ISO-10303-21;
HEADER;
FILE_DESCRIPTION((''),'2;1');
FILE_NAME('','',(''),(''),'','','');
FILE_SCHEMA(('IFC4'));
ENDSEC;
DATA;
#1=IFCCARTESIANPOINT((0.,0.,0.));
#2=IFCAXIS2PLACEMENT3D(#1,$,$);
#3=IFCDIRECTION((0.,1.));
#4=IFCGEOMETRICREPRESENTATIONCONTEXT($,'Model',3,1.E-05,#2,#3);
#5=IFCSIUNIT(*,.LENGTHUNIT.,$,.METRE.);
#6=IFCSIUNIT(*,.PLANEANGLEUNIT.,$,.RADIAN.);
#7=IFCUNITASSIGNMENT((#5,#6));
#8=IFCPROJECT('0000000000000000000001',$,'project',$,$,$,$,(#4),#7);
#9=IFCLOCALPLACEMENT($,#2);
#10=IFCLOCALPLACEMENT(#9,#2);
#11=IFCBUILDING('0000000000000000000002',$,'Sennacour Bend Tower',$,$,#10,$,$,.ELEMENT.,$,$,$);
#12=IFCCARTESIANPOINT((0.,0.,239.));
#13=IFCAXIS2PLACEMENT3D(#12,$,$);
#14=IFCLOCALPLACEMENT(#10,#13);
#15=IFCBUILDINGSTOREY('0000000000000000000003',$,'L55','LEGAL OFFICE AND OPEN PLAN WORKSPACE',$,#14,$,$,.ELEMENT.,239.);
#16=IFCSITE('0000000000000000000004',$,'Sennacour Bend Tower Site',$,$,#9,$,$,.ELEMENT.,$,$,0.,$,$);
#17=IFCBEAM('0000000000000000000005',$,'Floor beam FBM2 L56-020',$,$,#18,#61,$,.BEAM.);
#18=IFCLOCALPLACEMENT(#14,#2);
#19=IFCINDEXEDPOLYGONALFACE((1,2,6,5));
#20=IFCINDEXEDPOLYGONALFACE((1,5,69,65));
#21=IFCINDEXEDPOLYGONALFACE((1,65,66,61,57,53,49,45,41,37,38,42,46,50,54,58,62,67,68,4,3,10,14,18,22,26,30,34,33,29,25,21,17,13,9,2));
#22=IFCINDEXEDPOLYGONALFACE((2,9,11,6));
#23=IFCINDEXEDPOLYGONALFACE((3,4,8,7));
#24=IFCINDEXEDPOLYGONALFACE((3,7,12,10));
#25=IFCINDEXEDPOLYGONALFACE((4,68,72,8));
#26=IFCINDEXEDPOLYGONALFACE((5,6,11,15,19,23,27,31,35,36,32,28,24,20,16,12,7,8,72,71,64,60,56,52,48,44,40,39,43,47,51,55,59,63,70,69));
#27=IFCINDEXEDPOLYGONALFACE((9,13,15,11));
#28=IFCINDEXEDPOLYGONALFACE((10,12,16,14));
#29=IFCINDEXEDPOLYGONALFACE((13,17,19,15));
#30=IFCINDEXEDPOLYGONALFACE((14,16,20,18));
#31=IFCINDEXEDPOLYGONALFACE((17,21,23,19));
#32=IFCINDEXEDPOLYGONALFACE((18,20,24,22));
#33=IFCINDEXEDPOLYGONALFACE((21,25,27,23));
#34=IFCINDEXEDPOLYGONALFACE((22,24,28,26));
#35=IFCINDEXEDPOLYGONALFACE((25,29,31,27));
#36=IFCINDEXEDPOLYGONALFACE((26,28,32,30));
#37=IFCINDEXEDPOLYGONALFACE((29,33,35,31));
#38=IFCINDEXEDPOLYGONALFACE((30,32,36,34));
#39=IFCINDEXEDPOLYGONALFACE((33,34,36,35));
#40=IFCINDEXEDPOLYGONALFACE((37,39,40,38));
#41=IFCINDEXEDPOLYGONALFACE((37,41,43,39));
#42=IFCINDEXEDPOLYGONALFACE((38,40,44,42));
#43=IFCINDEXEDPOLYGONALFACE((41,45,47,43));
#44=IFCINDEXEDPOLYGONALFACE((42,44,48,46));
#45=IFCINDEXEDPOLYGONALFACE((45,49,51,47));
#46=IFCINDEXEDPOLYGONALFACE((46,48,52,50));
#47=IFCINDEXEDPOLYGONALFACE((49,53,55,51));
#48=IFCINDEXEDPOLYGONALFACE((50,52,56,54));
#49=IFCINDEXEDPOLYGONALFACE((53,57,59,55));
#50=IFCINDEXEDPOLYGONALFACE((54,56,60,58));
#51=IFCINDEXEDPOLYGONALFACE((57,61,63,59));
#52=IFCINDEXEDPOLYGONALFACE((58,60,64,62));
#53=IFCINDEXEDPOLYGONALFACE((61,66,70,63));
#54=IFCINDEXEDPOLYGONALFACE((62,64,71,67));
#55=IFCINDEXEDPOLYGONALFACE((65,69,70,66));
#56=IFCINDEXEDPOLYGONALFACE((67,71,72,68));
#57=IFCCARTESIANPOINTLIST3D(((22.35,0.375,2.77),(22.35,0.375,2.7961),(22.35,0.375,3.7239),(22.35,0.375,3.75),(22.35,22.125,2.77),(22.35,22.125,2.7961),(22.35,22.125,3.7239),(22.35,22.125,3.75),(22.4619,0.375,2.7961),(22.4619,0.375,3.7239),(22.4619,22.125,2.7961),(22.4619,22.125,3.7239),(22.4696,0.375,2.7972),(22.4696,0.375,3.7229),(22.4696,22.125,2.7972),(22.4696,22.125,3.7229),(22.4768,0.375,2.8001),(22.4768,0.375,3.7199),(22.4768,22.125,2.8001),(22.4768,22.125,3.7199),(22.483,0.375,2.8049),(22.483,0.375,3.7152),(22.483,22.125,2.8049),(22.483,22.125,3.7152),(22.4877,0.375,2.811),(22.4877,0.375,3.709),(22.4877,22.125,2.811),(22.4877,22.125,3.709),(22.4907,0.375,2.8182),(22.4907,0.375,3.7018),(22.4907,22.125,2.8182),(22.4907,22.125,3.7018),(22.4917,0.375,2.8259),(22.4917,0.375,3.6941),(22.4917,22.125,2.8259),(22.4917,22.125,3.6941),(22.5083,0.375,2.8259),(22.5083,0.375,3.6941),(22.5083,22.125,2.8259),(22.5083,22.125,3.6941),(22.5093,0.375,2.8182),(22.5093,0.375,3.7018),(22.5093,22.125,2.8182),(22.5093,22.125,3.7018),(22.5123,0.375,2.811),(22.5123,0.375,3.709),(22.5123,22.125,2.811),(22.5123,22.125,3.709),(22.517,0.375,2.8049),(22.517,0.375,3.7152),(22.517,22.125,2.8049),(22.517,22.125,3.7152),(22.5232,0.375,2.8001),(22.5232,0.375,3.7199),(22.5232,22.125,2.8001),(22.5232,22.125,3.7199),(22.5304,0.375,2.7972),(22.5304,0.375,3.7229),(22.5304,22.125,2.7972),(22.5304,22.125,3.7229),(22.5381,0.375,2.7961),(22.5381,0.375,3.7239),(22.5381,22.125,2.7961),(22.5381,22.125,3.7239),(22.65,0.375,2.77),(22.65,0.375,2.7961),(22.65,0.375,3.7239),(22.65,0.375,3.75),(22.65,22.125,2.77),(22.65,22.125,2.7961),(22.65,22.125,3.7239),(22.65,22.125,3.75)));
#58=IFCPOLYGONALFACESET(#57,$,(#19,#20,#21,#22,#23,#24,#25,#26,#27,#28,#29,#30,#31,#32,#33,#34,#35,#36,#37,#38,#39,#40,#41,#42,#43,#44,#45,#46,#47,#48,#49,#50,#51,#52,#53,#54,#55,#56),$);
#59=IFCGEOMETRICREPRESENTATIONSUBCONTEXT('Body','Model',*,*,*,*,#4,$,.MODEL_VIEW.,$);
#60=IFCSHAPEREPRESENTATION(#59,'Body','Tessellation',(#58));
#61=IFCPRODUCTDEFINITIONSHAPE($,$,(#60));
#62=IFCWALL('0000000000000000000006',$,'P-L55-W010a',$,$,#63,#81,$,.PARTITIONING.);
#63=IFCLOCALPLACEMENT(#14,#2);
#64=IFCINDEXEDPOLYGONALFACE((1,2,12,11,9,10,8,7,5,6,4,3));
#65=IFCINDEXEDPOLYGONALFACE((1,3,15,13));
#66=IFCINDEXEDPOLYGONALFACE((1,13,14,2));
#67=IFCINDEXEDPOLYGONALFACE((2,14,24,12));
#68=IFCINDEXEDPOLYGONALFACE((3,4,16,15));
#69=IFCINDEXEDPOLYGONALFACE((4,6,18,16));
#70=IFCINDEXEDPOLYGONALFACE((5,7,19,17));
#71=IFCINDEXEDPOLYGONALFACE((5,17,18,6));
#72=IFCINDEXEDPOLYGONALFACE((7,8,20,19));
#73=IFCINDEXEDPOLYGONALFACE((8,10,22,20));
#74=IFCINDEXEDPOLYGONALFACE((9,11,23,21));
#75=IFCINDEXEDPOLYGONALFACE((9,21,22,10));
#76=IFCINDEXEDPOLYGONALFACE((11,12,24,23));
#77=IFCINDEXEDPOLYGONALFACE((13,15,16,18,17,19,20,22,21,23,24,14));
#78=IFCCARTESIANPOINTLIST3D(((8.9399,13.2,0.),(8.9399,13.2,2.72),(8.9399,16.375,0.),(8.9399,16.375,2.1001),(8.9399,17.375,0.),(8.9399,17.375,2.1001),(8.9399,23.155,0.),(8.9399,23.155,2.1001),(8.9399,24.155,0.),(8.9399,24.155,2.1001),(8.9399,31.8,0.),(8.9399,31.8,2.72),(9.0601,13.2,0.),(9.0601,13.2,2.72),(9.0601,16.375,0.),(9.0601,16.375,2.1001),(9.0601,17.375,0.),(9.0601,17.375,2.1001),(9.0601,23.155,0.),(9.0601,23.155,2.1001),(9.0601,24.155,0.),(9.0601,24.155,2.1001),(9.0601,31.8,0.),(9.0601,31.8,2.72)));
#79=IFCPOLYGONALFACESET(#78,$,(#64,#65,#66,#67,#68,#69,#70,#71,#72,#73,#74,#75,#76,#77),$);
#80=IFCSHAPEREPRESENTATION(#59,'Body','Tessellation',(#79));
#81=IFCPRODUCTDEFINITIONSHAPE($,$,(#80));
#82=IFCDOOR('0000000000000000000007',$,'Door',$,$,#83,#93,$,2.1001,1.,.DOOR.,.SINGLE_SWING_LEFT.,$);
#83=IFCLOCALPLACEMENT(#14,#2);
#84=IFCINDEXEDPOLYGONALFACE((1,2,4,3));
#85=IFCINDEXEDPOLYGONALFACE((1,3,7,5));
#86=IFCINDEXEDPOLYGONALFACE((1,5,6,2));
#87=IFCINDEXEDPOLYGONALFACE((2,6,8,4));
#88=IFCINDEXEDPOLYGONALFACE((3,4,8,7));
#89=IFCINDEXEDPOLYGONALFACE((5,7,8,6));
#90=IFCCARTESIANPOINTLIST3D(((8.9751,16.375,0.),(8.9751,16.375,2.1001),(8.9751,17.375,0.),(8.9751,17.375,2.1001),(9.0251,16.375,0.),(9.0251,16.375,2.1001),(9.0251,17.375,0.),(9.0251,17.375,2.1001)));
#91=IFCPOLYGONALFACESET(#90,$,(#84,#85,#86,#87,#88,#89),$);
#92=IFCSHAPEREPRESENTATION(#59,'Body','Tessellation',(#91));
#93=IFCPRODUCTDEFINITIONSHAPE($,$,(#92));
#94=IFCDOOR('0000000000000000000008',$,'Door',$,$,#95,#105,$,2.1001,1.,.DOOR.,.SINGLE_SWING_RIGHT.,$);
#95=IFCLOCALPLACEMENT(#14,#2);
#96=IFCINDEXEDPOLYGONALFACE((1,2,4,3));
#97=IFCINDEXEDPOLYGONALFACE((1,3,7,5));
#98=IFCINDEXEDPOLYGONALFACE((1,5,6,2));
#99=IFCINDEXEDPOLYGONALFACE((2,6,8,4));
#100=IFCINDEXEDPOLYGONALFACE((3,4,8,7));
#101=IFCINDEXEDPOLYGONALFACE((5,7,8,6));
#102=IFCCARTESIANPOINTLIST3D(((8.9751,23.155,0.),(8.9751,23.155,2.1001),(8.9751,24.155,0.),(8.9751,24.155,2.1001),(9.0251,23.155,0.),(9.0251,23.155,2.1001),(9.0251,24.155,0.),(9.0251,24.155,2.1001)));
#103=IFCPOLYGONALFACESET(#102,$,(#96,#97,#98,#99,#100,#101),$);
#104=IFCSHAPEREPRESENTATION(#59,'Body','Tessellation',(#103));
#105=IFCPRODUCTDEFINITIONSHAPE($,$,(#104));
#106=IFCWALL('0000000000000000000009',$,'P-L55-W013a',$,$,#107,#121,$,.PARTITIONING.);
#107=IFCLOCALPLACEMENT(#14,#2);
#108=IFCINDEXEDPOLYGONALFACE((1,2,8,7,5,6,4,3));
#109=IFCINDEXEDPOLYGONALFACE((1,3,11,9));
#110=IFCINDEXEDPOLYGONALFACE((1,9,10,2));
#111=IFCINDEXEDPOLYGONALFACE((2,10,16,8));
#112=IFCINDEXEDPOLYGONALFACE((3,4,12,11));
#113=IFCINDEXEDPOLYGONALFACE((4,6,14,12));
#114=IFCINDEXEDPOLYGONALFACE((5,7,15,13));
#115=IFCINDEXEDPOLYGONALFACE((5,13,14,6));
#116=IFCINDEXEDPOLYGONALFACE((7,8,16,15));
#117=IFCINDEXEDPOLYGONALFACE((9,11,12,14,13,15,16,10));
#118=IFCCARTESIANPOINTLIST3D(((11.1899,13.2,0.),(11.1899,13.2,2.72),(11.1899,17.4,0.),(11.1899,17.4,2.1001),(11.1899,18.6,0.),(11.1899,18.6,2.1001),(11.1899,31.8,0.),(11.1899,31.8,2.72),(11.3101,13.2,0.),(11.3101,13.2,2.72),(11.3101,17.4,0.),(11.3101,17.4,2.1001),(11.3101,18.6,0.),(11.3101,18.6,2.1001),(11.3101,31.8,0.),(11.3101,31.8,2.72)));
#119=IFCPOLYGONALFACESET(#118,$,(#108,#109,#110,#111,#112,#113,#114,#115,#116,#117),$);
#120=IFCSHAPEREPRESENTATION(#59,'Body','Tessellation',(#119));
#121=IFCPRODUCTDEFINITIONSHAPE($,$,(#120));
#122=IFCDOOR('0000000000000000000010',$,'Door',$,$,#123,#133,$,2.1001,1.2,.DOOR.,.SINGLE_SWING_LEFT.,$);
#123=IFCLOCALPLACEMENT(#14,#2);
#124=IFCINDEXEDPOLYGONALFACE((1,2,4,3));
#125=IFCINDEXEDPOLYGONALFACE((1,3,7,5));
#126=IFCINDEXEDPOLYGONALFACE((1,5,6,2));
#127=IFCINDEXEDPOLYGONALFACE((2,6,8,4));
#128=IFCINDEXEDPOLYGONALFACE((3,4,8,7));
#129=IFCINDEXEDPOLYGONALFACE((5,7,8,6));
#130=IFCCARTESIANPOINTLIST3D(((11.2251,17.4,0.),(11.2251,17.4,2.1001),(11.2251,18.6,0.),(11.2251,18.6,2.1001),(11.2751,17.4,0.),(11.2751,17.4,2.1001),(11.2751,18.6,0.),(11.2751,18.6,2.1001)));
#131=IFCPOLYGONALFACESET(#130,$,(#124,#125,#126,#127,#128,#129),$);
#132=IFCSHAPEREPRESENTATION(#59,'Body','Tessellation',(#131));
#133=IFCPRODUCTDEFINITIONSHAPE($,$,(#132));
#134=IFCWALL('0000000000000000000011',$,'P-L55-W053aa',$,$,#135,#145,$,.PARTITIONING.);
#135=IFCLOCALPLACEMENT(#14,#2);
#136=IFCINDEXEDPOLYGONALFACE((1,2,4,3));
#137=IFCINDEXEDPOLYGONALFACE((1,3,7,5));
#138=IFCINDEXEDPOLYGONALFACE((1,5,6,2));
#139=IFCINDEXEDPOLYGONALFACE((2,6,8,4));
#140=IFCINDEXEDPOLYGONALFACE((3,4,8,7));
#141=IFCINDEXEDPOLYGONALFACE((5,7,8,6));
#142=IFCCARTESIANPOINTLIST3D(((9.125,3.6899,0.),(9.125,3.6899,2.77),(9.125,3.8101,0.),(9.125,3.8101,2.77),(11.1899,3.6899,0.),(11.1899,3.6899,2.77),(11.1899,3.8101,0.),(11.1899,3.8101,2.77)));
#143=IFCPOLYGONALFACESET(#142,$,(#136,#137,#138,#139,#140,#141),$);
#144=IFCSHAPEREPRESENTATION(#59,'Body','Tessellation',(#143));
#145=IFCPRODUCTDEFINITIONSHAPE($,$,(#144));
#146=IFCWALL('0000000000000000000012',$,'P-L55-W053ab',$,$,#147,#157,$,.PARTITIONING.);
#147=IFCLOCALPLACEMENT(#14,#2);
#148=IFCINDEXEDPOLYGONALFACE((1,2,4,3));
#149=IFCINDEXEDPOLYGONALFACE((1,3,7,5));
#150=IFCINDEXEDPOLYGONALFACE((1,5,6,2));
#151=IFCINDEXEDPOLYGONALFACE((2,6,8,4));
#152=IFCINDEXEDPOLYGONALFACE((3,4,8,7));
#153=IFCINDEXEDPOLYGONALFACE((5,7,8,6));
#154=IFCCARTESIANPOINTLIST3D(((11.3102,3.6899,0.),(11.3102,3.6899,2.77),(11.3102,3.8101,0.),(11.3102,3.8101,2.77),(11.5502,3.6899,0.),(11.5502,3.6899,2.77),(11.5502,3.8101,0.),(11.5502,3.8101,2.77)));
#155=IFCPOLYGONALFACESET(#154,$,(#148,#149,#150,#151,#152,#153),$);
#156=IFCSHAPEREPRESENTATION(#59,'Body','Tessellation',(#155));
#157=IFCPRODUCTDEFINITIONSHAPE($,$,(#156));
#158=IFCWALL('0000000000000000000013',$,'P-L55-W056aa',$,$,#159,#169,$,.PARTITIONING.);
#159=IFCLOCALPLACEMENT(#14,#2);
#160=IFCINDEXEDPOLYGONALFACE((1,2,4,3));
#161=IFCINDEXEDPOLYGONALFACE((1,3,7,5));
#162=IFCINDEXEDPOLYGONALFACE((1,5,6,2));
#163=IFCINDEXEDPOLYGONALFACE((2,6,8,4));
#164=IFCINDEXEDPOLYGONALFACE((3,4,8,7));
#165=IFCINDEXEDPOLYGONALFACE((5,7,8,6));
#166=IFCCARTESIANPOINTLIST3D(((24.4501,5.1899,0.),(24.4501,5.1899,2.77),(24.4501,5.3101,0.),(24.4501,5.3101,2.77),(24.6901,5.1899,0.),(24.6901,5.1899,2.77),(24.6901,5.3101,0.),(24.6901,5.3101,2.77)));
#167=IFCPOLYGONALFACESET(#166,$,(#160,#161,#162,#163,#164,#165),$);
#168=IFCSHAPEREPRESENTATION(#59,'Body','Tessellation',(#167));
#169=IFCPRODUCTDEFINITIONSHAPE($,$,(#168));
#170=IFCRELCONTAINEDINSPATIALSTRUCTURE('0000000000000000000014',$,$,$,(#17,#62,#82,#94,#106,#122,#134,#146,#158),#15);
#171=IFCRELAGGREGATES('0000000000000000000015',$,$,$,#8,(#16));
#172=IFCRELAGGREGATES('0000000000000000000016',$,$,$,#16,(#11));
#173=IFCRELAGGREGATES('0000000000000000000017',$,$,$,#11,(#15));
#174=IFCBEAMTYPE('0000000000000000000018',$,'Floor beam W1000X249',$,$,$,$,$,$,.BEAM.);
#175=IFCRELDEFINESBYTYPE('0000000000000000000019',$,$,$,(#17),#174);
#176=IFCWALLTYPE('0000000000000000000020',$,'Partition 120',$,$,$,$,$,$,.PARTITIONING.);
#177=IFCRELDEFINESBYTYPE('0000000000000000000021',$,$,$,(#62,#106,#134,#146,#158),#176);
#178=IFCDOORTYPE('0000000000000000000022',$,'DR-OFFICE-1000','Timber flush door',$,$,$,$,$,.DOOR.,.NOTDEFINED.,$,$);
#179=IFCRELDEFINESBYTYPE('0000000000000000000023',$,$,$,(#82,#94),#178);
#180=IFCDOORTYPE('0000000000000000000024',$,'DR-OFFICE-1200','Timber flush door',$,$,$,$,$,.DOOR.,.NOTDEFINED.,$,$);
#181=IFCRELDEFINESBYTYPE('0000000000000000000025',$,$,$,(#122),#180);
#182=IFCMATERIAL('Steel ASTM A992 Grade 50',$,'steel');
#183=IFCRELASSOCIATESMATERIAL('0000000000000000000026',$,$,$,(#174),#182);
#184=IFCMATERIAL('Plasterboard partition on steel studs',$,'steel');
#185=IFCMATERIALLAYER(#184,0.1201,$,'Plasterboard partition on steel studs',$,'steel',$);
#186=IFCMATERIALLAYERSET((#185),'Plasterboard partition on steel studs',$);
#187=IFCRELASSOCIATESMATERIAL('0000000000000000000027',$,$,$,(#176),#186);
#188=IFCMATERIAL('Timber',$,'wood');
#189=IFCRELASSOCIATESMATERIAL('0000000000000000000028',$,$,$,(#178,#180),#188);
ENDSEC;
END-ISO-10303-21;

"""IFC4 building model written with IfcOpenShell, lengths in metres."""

from ifc_helpers import new_model, si_unit, direction, frame, frame_2d, origin, origin_2d, place, context, subcontext, project, spatial, rectangle, i_section, extrude, material, layer, layer_set, material_profile, profile_set, type_object, element, fill, save


model = new_model("IFC4")

# Units and contexts
model_context = context("Model", 3, precision=1e-05, world=origin(), true_north=direction((0.0, 1.0)))
body_context = subcontext(model_context, "Body", "Model", "MODEL_VIEW")
ifc_project = project(units=[si_unit("LENGTHUNIT", "METRE"), si_unit("PLANEANGLEUNIT", "RADIAN")], contexts=[model_context])

# Site, building, storey
site_placement = place(None, origin())
site = spatial("IfcSite", under=ifc_project, at=site_placement, Name="Sennacour Bend Tower Site", CompositionType="ELEMENT", RefElevation=0.0)
building_placement = place(site_placement, origin())
building = spatial("IfcBuilding", under=site, at=building_placement, Name="Sennacour Bend Tower", CompositionType="ELEMENT")
storey_placement = place(building_placement, frame((0.0, 0.0, 239.0)))
storey = spatial("IfcBuildingStorey", under=building, at=storey_placement, Name="L55", Description="LEGAL OFFICE AND OPEN PLAN WORKSPACE", CompositionType="ELEMENT", Elevation=239.0)

# Beam
ifc_material_1 = material(Name="Steel ASTM A992 Grade 50", Category="steel")
ifc_material_profile_1 = material_profile(ifc_material_1, i_section(OverallWidth=0.3, OverallDepth=0.98, WebThickness=0.0166, FlangeThickness=0.0261, FilletRadius=0.0298, at=origin_2d()), Name="Steel ASTM A992 Grade 50", Category="steel")
ifc_profile_set_1 = profile_set([ifc_material_profile_1], Name="Steel ASTM A992 Grade 50")
beam_type = type_object("IfcBeamType", Name="Floor beam W1000X249", PredefinedType="BEAM", material=ifc_profile_set_1)
beam_1_placement = place(storey_placement, frame((22.5, 0.375, 3.26), z_axis=(0.0, 1.0, 0.0), x_axis=(-1.0, 0.0, 0.0)))
element("IfcBeam", 1, at=beam_1_placement, inside=storey, type_object=beam_type, Name="Floor beam FBM2 L56-020", PredefinedType="BEAM", context=body_context, shape_type="SweptSolid", body=[
    extrude(i_section(OverallWidth=0.3, OverallDepth=0.98, WebThickness=0.0166, FlangeThickness=0.0261, FilletRadius=0.0298, at=origin_2d()), origin(), (0.0, 0.0, 1.0), 21.75),
])

# Wall, openings, doors
ifc_material_2 = material(Name="Plasterboard partition on steel studs", Category="steel")
ifc_layer_1 = layer(ifc_material_2, 0.1201, Name="Plasterboard partition on steel studs", Category="steel")
ifc_layer_set_1 = layer_set([ifc_layer_1], Name="Plasterboard partition on steel studs")
wall_type_1 = type_object("IfcWallType", Name="Partition 120", PredefinedType="PARTITIONING", material=ifc_layer_set_1)
wall_1_placement = place(storey_placement, frame((9.0, 13.2, 0.0), z_axis=(0.0, 0.0, 1.0), x_axis=(0.0, 1.0, 0.0)))
wall_1 = element("IfcWall", 2, at=wall_1_placement, inside=storey, type_object=wall_type_1, Name="P-L55-W010a", PredefinedType="PARTITIONING", context=body_context, shape_type="SweptSolid", body=[
    extrude(rectangle(XDim=18.6001, YDim=0.1201, at=frame_2d((9.3, 0.0))), origin(), (0.0, 0.0, 1.0), 2.72),
])
opening_1_placement = place(wall_1_placement, frame((3.175, 0.0, 0.0)))
opening_1 = element("IfcOpeningElement", 3, at=opening_1_placement, cuts=wall_1, PredefinedType="OPENING", context=body_context, shape_type="SweptSolid", body=[
    extrude(rectangle(XDim=1.0, YDim=2.1001, at=frame_2d((0.5, 1.05))), frame((0.0, 0.0701, 0.0), z_axis=(0.0, -1.0, 0.0), x_axis=(1.0, 0.0, 0.0)), (0.0, 0.0, 1.0), 0.1401),
])
opening_2_placement = place(wall_1_placement, frame((9.9551, 0.0, 0.0)))
opening_2 = element("IfcOpeningElement", 4, at=opening_2_placement, cuts=wall_1, PredefinedType="OPENING", context=body_context, shape_type="SweptSolid", body=[
    extrude(rectangle(XDim=1.0, YDim=2.1001, at=frame_2d((0.5, 1.05))), frame((0.0, 0.0701, 0.0), z_axis=(0.0, -1.0, 0.0), x_axis=(1.0, 0.0, 0.0)), (0.0, 0.0, 1.0), 0.1401),
])
ifc_material_3 = material(Name="Timber", Category="wood")
door_type_1 = type_object("IfcDoorType", Name="DR-OFFICE-1000", Description="Timber flush door", OperationType="NOTDEFINED", PredefinedType="DOOR", material=ifc_material_3)
door_1_placement = place(opening_1_placement, origin())
door_1 = element("IfcDoor", 5, at=door_1_placement, inside=storey, type_object=door_type_1, Name="Door", OperationType="SINGLE_SWING_LEFT", OverallHeight=2.1001, OverallWidth=1.0, PredefinedType="DOOR", context=body_context, shape_type="SweptSolid", body=[
    extrude(rectangle(XDim=1.0, YDim=2.1001, at=frame_2d((0.5, 1.05))), frame((0.0, 0.0249, 0.0), z_axis=(0.0, -1.0, 0.0), x_axis=(1.0, 0.0, 0.0)), (0.0, 0.0, 1.0), 0.05),
])
fill(opening_1, door_1)
door_2_placement = place(opening_2_placement, origin())
door_2 = element("IfcDoor", 6, at=door_2_placement, inside=storey, type_object=door_type_1, Name="Door", OperationType="SINGLE_SWING_RIGHT", OverallHeight=2.1001, OverallWidth=1.0, PredefinedType="DOOR", context=body_context, shape_type="SweptSolid", body=[
    extrude(rectangle(XDim=1.0, YDim=2.1001, at=frame_2d((0.5, 1.05))), frame((0.0, 0.0249, 0.0), z_axis=(0.0, -1.0, 0.0), x_axis=(1.0, 0.0, 0.0)), (0.0, 0.0, 1.0), 0.05),
])
fill(opening_2, door_2)

# Wall, opening, door
wall_2_placement = place(storey_placement, frame((11.25, 13.2, 0.0), z_axis=(0.0, 0.0, 1.0), x_axis=(0.0, 1.0, 0.0)))
wall_2 = element("IfcWall", 7, at=wall_2_placement, inside=storey, type_object=wall_type_1, Name="P-L55-W013a", PredefinedType="PARTITIONING", context=body_context, shape_type="SweptSolid", body=[
    extrude(rectangle(XDim=18.6001, YDim=0.1201, at=frame_2d((9.3, 0.0))), origin(), (0.0, 0.0, 1.0), 2.72),
])
opening_3_placement = place(wall_2_placement, frame((4.2, 0.0, 0.0)))
opening_3 = element("IfcOpeningElement", 8, at=opening_3_placement, cuts=wall_2, PredefinedType="OPENING", context=body_context, shape_type="SweptSolid", body=[
    extrude(rectangle(XDim=1.2, YDim=2.1001, at=frame_2d((0.6001, 1.05))), frame((0.0, 0.0701, 0.0), z_axis=(0.0, -1.0, 0.0), x_axis=(1.0, 0.0, 0.0)), (0.0, 0.0, 1.0), 0.1401),
])
door_type_2 = type_object("IfcDoorType", Name="DR-OFFICE-1200", Description="Timber flush door", OperationType="NOTDEFINED", PredefinedType="DOOR", material=ifc_material_3)
door_3_placement = place(opening_3_placement, origin())
door_3 = element("IfcDoor", 9, at=door_3_placement, inside=storey, type_object=door_type_2, Name="Door", OperationType="SINGLE_SWING_LEFT", OverallHeight=2.1001, OverallWidth=1.2, PredefinedType="DOOR", context=body_context, shape_type="SweptSolid", body=[
    extrude(rectangle(XDim=1.2, YDim=2.1001, at=frame_2d((0.6001, 1.05))), frame((0.0, 0.0249, 0.0), z_axis=(0.0, -1.0, 0.0), x_axis=(1.0, 0.0, 0.0)), (0.0, 0.0, 1.0), 0.05),
])
fill(opening_3, door_3)

# Walls
wall_3_placement = place(storey_placement, frame((9.125, 3.75, 0.0), z_axis=(0.0, 0.0, 1.0), x_axis=(1.0, 0.0, 0.0)))
element("IfcWall", 10, at=wall_3_placement, inside=storey, type_object=wall_type_1, Name="P-L55-W053aa", PredefinedType="PARTITIONING", context=body_context, shape_type="SweptSolid", body=[
    extrude(rectangle(XDim=2.0649, YDim=0.1201, at=frame_2d((1.0325, 0.0))), origin(), (0.0, 0.0, 1.0), 2.77),
])
for number, where, z_axis, x_axis, name in (
    (11, (11.3101, 3.75, 0.0), (0.0, 0.0, 1.0), (1.0, 0.0, 0.0), "P-L55-W053ab"),
    (12, (24.45, 5.25, 0.0), (0.0, 0.0, 1.0), (1.0, 0.0, 0.0), "P-L55-W056aa"),
):
    element("IfcWall", number, at=place(storey_placement, frame(where, z_axis=z_axis, x_axis=x_axis)), inside=storey, type_object=wall_type_1, Name=name, PredefinedType="PARTITIONING", context=body_context, shape_type="SweptSolid", body=[
        extrude(rectangle(XDim=0.24, YDim=0.1201, at=frame_2d((0.1201, 0.0))), origin(), (0.0, 0.0, 1.0), 2.77),
    ])

save(model, "model.ifc")
